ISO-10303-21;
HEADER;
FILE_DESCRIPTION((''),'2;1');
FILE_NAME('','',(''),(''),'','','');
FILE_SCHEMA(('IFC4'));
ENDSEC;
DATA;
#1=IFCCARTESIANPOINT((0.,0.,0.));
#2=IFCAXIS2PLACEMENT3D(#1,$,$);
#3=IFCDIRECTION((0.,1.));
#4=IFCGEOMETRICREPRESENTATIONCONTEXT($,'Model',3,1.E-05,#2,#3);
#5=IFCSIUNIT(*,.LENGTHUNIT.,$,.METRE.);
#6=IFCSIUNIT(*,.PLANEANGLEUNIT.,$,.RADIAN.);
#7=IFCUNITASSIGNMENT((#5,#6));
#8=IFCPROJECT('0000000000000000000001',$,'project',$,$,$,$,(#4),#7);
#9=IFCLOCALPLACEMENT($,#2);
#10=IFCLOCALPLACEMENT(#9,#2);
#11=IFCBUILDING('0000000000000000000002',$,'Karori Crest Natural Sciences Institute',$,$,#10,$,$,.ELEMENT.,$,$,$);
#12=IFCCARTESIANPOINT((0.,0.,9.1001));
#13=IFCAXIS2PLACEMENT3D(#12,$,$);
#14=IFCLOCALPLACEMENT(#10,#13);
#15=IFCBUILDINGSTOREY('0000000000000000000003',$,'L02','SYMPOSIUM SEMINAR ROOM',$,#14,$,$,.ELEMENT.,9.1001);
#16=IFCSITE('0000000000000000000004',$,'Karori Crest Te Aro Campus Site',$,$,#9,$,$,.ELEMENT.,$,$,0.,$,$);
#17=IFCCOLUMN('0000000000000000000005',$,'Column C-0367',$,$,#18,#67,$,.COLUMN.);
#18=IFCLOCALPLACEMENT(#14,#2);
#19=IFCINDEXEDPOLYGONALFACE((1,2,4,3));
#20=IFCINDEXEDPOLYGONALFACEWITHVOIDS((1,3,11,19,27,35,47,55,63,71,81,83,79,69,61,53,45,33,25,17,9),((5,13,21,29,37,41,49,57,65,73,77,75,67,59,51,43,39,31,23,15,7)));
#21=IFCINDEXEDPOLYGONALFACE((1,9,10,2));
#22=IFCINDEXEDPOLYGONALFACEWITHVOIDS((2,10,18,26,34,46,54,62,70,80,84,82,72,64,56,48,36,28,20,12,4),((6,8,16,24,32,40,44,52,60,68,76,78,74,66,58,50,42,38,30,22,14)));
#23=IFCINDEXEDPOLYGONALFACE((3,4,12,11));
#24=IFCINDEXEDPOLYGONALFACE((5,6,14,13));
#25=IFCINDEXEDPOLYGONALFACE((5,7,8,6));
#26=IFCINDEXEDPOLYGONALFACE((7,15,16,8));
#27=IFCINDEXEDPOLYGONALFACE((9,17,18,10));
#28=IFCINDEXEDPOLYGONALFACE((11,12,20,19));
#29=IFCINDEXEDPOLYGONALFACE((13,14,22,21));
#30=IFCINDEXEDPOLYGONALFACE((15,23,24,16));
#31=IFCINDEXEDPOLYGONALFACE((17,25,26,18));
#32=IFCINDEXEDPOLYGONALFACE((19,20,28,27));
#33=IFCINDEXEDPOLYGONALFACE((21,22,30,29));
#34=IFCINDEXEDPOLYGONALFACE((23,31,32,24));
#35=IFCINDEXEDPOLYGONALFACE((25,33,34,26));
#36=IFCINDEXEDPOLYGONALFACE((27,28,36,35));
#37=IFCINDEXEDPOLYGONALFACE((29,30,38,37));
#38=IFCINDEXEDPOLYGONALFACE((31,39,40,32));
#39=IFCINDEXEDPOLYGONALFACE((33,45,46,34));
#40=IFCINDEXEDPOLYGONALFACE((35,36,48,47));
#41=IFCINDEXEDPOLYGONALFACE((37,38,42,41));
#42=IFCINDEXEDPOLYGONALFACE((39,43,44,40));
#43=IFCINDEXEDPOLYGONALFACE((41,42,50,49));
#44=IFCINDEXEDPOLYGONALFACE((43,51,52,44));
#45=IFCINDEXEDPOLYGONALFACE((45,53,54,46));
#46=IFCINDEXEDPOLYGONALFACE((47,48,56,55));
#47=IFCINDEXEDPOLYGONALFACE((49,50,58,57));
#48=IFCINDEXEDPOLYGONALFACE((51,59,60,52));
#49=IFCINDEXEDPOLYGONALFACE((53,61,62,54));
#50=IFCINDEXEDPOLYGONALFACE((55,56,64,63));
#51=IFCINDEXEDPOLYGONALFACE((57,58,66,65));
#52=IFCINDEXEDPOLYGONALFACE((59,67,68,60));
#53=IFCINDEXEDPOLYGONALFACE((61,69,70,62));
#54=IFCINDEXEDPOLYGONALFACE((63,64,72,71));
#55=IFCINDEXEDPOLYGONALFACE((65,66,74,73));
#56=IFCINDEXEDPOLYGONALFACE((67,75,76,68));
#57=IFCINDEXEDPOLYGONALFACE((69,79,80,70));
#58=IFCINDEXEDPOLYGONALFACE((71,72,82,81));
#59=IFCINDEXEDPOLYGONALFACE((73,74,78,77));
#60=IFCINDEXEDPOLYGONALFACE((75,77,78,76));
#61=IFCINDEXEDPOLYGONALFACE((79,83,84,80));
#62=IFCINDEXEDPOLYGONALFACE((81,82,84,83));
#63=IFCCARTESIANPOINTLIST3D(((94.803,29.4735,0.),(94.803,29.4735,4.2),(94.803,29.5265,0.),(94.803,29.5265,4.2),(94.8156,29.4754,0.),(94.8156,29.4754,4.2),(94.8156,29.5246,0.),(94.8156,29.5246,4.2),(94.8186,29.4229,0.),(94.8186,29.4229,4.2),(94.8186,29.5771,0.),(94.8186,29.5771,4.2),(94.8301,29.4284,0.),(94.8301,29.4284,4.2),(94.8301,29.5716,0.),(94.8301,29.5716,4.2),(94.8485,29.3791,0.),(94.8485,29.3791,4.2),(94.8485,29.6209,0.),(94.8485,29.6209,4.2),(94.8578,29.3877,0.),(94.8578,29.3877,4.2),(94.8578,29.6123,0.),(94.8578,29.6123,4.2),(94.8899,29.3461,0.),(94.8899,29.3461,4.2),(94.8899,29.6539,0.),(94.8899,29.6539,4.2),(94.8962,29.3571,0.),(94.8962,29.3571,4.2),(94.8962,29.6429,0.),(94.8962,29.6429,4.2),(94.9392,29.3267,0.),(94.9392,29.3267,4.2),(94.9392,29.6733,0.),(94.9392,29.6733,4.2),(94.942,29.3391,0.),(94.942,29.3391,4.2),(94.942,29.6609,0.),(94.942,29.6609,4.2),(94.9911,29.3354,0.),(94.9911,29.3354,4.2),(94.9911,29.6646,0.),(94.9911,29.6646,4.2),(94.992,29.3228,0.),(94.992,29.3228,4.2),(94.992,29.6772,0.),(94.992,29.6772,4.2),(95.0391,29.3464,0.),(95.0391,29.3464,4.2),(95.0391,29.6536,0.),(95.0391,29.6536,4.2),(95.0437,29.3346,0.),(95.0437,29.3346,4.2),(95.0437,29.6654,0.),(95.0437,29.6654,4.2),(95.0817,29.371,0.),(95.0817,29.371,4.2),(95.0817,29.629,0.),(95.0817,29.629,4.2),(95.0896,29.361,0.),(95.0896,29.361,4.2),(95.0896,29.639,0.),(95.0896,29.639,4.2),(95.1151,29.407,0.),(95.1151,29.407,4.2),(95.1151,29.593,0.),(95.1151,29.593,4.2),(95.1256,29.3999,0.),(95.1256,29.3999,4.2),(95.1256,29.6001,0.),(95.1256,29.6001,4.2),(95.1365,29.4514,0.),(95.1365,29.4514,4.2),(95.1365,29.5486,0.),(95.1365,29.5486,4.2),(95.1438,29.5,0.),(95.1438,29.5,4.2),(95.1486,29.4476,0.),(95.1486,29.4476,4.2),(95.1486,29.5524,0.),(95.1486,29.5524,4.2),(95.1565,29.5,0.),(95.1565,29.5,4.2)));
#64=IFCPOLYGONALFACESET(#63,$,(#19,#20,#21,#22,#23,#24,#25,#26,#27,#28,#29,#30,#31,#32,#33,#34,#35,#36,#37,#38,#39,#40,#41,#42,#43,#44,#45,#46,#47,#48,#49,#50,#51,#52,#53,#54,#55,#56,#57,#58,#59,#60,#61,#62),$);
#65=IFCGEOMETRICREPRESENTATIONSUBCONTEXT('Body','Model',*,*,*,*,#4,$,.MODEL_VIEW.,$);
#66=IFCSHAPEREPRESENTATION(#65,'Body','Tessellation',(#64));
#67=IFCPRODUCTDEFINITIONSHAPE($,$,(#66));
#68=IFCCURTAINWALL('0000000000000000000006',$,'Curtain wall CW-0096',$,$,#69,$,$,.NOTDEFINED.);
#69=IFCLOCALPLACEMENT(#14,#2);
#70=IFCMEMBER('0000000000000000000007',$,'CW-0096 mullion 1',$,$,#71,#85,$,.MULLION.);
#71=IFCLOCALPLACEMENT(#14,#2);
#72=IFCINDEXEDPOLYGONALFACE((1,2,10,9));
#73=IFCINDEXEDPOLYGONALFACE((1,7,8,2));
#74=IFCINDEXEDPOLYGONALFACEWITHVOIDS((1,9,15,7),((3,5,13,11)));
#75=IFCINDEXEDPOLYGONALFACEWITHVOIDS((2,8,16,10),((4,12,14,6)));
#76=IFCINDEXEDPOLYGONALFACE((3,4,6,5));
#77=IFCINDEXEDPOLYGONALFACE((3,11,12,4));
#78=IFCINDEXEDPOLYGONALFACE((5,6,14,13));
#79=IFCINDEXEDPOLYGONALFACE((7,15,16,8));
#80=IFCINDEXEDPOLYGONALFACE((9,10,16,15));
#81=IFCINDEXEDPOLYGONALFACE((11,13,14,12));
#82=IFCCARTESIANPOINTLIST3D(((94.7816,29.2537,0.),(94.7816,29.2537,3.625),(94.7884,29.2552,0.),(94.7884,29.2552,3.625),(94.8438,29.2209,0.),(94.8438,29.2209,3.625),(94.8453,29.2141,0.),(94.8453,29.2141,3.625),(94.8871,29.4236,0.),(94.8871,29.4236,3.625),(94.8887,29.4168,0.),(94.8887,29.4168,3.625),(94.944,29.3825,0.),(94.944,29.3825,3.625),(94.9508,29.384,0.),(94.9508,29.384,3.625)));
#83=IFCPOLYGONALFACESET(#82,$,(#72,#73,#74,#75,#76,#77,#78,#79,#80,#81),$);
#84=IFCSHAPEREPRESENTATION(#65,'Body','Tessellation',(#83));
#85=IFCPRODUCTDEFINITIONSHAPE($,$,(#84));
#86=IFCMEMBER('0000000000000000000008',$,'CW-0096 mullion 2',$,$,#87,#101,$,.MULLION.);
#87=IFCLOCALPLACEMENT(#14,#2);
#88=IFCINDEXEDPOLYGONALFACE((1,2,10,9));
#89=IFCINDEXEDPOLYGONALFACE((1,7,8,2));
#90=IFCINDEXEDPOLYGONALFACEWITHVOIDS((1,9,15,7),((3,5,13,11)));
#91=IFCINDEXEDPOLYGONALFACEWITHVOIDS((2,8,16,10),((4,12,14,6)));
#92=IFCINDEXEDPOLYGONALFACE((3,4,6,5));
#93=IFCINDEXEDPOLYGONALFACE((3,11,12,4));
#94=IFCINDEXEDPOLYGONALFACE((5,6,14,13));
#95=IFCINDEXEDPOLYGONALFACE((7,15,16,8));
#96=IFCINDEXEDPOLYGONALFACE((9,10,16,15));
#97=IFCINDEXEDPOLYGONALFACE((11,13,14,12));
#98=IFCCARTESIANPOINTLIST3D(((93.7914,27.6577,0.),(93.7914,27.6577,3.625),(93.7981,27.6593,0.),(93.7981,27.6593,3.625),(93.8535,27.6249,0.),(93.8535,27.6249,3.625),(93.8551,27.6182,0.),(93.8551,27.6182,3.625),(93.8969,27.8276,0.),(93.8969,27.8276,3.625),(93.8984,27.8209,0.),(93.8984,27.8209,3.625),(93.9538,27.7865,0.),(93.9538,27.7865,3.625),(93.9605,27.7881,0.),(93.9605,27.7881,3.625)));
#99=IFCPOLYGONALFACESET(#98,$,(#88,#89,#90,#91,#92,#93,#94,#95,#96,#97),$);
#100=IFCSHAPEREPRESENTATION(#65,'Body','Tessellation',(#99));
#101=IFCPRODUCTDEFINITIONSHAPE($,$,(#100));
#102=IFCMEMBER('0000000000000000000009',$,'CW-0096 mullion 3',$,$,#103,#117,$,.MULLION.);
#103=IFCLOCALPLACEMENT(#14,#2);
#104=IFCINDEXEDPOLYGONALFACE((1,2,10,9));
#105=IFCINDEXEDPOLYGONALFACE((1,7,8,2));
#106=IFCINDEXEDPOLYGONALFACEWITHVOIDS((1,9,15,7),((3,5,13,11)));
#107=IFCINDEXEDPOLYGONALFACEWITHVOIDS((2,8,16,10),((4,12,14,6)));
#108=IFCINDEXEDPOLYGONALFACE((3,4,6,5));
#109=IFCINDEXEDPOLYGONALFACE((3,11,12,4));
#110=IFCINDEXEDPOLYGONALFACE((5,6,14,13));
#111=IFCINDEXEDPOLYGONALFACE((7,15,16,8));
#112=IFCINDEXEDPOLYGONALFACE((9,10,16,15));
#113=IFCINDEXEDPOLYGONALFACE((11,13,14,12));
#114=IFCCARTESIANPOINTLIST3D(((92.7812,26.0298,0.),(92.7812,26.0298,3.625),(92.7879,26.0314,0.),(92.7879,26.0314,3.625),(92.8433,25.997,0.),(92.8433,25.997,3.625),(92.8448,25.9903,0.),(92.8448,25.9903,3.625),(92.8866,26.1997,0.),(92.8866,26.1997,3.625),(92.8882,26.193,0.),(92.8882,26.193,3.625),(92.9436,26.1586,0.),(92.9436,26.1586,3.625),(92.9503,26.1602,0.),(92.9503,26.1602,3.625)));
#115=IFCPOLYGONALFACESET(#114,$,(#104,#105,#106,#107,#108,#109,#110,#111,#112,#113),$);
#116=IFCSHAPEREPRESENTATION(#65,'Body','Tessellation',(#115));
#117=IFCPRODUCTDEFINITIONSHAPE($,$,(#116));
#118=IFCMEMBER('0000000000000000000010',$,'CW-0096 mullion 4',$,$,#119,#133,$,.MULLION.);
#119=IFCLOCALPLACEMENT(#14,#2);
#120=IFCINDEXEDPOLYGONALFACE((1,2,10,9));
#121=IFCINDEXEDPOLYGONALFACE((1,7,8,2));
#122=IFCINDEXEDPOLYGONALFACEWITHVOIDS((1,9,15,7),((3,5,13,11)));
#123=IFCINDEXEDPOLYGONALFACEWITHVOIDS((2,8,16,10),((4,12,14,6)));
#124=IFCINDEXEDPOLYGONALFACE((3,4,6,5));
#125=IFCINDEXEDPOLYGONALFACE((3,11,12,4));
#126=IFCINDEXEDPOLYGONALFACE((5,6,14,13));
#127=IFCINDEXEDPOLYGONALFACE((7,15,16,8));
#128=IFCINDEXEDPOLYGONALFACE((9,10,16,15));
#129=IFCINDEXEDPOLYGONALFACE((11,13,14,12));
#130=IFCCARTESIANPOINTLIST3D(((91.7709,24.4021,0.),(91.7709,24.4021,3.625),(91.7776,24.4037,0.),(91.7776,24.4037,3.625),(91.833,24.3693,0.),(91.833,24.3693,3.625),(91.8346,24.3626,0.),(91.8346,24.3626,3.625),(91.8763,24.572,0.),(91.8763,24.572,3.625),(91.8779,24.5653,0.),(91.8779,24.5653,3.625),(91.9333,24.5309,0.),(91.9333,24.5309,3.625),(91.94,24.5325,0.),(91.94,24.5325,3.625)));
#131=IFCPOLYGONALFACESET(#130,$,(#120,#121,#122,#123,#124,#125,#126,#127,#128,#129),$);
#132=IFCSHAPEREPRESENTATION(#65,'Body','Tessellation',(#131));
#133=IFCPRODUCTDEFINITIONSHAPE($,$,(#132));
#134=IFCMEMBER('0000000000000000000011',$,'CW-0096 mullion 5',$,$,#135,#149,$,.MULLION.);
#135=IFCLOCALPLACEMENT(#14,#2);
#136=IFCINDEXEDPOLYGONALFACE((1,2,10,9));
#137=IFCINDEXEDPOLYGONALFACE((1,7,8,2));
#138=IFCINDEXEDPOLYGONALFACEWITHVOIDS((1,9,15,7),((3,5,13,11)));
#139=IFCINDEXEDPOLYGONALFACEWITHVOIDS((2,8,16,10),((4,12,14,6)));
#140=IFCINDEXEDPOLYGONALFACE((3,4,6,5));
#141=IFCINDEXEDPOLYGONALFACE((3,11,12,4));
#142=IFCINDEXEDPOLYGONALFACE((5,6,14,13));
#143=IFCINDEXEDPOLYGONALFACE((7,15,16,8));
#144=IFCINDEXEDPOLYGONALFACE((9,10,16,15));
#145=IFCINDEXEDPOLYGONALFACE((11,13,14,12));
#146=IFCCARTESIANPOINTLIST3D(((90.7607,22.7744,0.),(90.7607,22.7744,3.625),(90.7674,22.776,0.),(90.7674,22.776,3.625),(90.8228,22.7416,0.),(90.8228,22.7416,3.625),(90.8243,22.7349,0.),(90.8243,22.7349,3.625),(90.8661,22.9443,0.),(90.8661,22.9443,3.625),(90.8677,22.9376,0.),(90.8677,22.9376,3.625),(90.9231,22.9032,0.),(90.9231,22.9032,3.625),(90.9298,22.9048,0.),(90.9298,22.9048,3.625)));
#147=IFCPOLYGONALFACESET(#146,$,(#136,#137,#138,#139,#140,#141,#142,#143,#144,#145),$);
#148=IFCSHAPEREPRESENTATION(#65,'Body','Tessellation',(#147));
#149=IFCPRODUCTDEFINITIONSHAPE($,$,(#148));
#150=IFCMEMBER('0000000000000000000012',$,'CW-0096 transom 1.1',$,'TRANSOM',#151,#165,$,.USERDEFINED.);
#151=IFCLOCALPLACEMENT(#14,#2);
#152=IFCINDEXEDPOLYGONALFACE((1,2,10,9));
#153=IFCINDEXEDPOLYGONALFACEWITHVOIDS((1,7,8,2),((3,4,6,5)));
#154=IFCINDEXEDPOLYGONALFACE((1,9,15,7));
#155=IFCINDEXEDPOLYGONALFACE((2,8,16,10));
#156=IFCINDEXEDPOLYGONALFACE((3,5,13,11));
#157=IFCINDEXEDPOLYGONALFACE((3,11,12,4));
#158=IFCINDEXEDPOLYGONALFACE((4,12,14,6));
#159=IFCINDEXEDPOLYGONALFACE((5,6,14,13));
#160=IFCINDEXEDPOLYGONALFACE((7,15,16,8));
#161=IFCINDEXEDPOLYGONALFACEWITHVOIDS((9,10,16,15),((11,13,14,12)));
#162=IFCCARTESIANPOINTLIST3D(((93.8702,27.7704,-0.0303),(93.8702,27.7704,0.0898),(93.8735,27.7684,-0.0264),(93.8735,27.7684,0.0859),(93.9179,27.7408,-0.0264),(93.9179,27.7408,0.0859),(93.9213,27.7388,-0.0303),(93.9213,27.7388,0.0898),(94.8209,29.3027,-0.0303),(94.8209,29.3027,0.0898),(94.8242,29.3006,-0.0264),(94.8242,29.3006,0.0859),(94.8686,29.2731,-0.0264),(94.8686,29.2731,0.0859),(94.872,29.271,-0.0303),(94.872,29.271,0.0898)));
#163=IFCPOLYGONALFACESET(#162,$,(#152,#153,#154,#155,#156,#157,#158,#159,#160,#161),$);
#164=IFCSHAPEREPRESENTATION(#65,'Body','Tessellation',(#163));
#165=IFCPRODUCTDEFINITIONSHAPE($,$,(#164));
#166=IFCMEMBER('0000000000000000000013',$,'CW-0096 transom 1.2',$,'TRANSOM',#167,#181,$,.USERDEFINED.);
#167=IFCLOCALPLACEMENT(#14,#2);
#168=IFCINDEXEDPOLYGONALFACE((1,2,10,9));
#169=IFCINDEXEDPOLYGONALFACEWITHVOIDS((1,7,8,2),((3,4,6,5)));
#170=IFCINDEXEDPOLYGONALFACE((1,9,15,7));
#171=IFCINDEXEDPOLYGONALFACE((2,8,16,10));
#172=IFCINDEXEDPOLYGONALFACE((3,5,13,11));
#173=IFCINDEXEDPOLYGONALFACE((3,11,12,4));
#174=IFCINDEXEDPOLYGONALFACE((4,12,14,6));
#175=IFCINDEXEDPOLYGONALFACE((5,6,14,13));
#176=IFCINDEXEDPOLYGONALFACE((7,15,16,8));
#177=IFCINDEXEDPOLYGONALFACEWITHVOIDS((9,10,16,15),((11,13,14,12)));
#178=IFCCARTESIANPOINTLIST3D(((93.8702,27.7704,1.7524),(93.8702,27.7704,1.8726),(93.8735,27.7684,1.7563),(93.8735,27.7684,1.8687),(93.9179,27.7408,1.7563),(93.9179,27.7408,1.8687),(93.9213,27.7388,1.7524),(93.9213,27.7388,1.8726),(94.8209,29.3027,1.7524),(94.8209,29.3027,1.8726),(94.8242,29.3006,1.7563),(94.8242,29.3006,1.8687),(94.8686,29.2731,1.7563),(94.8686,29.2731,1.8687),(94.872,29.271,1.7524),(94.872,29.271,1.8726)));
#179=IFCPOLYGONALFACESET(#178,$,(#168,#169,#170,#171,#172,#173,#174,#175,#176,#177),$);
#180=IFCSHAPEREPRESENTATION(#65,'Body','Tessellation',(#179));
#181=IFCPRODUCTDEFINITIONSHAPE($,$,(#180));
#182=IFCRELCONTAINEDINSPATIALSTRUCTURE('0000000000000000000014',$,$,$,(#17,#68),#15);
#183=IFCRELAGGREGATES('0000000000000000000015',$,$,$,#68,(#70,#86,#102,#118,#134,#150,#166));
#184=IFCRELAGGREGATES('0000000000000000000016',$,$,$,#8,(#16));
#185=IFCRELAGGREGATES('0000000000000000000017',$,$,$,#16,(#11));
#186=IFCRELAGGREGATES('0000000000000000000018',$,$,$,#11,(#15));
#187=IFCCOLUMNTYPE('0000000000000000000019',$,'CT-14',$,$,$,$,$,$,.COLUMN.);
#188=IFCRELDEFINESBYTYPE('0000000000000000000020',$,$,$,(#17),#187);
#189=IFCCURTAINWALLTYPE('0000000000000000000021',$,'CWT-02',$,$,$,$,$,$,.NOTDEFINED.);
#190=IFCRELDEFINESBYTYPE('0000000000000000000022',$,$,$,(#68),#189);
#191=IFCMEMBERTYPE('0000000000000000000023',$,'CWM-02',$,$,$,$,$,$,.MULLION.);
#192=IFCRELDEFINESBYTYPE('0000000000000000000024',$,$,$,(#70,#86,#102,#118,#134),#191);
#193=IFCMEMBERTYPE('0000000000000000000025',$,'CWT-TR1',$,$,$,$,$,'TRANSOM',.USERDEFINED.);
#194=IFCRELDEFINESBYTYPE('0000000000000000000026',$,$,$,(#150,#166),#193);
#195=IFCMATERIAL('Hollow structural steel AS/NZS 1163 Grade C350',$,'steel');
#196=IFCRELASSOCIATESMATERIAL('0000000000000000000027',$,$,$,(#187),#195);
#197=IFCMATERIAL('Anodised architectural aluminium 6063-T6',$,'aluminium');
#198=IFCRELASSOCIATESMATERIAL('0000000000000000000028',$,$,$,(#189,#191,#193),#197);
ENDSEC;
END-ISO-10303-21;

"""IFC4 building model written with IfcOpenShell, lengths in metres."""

from ifc_helpers import new_model, si_unit, direction, frame, origin, origin_2d, place, context, subcontext, project, spatial, hollow_rectangle, hollow_circle, extrude, material, material_profile, profile_set, type_object, element, aggregate, save


model = new_model("IFC4")

# Units and contexts
model_context = context("Model", 3, precision=1e-05, world=origin(), true_north=direction((0.0, 1.0)))
body_context = subcontext(model_context, "Body", "Model", "MODEL_VIEW")
ifc_project = project(units=[si_unit("LENGTHUNIT", "METRE"), si_unit("PLANEANGLEUNIT", "RADIAN")], contexts=[model_context])

# Site, building, storey
site_placement = place(None, origin())
site = spatial("IfcSite", under=ifc_project, at=site_placement, Name="Karori Crest Te Aro Campus Site", CompositionType="ELEMENT", RefElevation=0.0)
building_placement = place(site_placement, origin())
building = spatial("IfcBuilding", under=site, at=building_placement, Name="Karori Crest Natural Sciences Institute", CompositionType="ELEMENT")
storey_placement = place(building_placement, frame((0.0, 0.0, 9.1001)))
storey = spatial("IfcBuildingStorey", under=building, at=storey_placement, Name="L02", Description="SYMPOSIUM SEMINAR ROOM", CompositionType="ELEMENT", Elevation=9.1001)

# Column
ifc_material_1 = material(Name="Hollow structural steel AS/NZS 1163 Grade C350", Category="steel")
ifc_material_profile_1 = material_profile(ifc_material_1, hollow_circle(Radius=0.1777, WallThickness=0.0127, at=origin_2d()), Name="CHS355.6x12.7")
ifc_profile_set_1 = profile_set([ifc_material_profile_1], Name="Hollow structural steel AS/NZS 1163 Grade C350")
column_type = type_object("IfcColumnType", Name="CT-14", PredefinedType="COLUMN", material=ifc_profile_set_1)
column_placement = place(storey_placement, frame((94.9788, 29.5, 0.0), z_axis=(0.0, 0.0, 1.0), x_axis=(1.0, 0.0, 0.0)))
element("IfcColumn", 1, at=column_placement, inside=storey, type_object=column_type, Name="Column C-0367", PredefinedType="COLUMN", context=body_context, shape_type="SweptSolid", body=[
    extrude(hollow_circle(Radius=0.1777, WallThickness=0.0127, at=origin_2d()), origin(), (0.0, 0.0, 1.0), 4.2),
])

# Curtain wall, members
ifc_material_2 = material(Name="Anodised architectural aluminium 6063-T6", Category="aluminium")
curtain_wall_type = type_object("IfcCurtainWallType", Name="CWT-02", PredefinedType="NOTDEFINED", material=ifc_material_2)
curtain_wall_placement = place(storey_placement, origin())
curtain_wall = element("IfcCurtainWall", 2, at=curtain_wall_placement, inside=storey, type_object=curtain_wall_type, Name="Curtain wall CW-0096", PredefinedType="NOTDEFINED")
ifc_material_profile_2 = material_profile(ifc_material_2, hollow_rectangle(XDim=0.075, YDim=0.2, WallThickness=0.0049, at=origin_2d()), Name="CWM200x75x5")
ifc_profile_set_2 = profile_set([ifc_material_profile_2], Name="Anodised architectural aluminium 6063-T6")
member_type_1 = type_object("IfcMemberType", Name="CWM-02", PredefinedType="MULLION", material=ifc_profile_set_2)
member_1_placement = place(storey_placement, frame((94.8662, 29.3188, 0.0), z_axis=(0.0, 0.0, 1.0), x_axis=(0.849662, -0.527328, 0.0)))
member_1 = element("IfcMember", 3, at=member_1_placement, type_object=member_type_1, Name="CW-0096 mullion 1", PredefinedType="MULLION", context=body_context, shape_type="SweptSolid", body=[
    extrude(hollow_rectangle(XDim=0.075, YDim=0.2, WallThickness=0.0049, at=origin_2d()), origin(), (0.0, 0.0, 1.0), 3.625),
])
member_2_placement = place(storey_placement, frame((93.876, 27.7229, 0.0), z_axis=(0.0, 0.0, 1.0), x_axis=(0.849662, -0.527328, 0.0)))
member_2 = element("IfcMember", 4, at=member_2_placement, type_object=member_type_1, Name="CW-0096 mullion 2", PredefinedType="MULLION", context=body_context, shape_type="SweptSolid", body=[
    extrude(hollow_rectangle(XDim=0.075, YDim=0.2, WallThickness=0.0049, at=origin_2d()), origin(), (0.0, 0.0, 1.0), 3.625),
])
member_3_placement = place(storey_placement, frame((92.8657, 26.095, 0.0), z_axis=(0.0, 0.0, 1.0), x_axis=(0.849662, -0.527328, 0.0)))
member_3 = element("IfcMember", 5, at=member_3_placement, type_object=member_type_1, Name="CW-0096 mullion 3", PredefinedType="MULLION", context=body_context, shape_type="SweptSolid", body=[
    extrude(hollow_rectangle(XDim=0.075, YDim=0.2, WallThickness=0.0049, at=origin_2d()), origin(), (0.0, 0.0, 1.0), 3.625),
])
member_4_placement = place(storey_placement, frame((91.8555, 24.4673, 0.0), z_axis=(0.0, 0.0, 1.0), x_axis=(0.849662, -0.527328, 0.0)))
member_4 = element("IfcMember", 6, at=member_4_placement, type_object=member_type_1, Name="CW-0096 mullion 4", PredefinedType="MULLION", context=body_context, shape_type="SweptSolid", body=[
    extrude(hollow_rectangle(XDim=0.075, YDim=0.2, WallThickness=0.0049, at=origin_2d()), origin(), (0.0, 0.0, 1.0), 3.625),
])
member_5_placement = place(storey_placement, frame((90.8452, 22.8396, 0.0), z_axis=(0.0, 0.0, 1.0), x_axis=(0.849662, -0.527328, 0.0)))
member_5 = element("IfcMember", 7, at=member_5_placement, type_object=member_type_1, Name="CW-0096 mullion 5", PredefinedType="MULLION", context=body_context, shape_type="SweptSolid", body=[
    extrude(hollow_rectangle(XDim=0.075, YDim=0.2, WallThickness=0.0049, at=origin_2d()), origin(), (0.0, 0.0, 1.0), 3.625),
])
ifc_material_profile_3 = material_profile(ifc_material_2, hollow_rectangle(XDim=0.0601, YDim=0.1201, WallThickness=0.0039, at=origin_2d()), Name="CWT120x60x4")
ifc_profile_set_3 = profile_set([ifc_material_profile_3], Name="Anodised architectural aluminium 6063-T6")
member_type_2 = type_object("IfcMemberType", Name="CWT-TR1", ElementType="TRANSOM", PredefinedType="USERDEFINED", material=ifc_profile_set_3)
member_6_placement = place(storey_placement, frame((94.8464, 29.2869, 0.0298), z_axis=(-0.527221, -0.849728, 0.0), x_axis=(0.849728, -0.527221, 0.0)))
member_6 = element("IfcMember", 8, at=member_6_placement, type_object=member_type_2, Name="CW-0096 transom 1.1", ObjectType="TRANSOM", PredefinedType="USERDEFINED", context=body_context, shape_type="SweptSolid", body=[
    extrude(hollow_rectangle(XDim=0.0601, YDim=0.1201, WallThickness=0.0039, at=origin_2d()), origin(), (0.0, 0.0, 1.0), 1.8032),
])
member_7_placement = place(storey_placement, frame((94.8464, 29.2869, 1.8125), z_axis=(-0.527221, -0.849728, 0.0), x_axis=(0.849728, -0.527221, 0.0)))
member_7 = element("IfcMember", 9, at=member_7_placement, type_object=member_type_2, Name="CW-0096 transom 1.2", ObjectType="TRANSOM", PredefinedType="USERDEFINED", context=body_context, shape_type="SweptSolid", body=[
    extrude(hollow_rectangle(XDim=0.0601, YDim=0.1201, WallThickness=0.0039, at=origin_2d()), origin(), (0.0, 0.0, 1.0), 1.8032),
])
aggregate(curtain_wall, [member_1, member_2, member_3, member_4, member_5, member_6, member_7])

save(model, "model.ifc")
